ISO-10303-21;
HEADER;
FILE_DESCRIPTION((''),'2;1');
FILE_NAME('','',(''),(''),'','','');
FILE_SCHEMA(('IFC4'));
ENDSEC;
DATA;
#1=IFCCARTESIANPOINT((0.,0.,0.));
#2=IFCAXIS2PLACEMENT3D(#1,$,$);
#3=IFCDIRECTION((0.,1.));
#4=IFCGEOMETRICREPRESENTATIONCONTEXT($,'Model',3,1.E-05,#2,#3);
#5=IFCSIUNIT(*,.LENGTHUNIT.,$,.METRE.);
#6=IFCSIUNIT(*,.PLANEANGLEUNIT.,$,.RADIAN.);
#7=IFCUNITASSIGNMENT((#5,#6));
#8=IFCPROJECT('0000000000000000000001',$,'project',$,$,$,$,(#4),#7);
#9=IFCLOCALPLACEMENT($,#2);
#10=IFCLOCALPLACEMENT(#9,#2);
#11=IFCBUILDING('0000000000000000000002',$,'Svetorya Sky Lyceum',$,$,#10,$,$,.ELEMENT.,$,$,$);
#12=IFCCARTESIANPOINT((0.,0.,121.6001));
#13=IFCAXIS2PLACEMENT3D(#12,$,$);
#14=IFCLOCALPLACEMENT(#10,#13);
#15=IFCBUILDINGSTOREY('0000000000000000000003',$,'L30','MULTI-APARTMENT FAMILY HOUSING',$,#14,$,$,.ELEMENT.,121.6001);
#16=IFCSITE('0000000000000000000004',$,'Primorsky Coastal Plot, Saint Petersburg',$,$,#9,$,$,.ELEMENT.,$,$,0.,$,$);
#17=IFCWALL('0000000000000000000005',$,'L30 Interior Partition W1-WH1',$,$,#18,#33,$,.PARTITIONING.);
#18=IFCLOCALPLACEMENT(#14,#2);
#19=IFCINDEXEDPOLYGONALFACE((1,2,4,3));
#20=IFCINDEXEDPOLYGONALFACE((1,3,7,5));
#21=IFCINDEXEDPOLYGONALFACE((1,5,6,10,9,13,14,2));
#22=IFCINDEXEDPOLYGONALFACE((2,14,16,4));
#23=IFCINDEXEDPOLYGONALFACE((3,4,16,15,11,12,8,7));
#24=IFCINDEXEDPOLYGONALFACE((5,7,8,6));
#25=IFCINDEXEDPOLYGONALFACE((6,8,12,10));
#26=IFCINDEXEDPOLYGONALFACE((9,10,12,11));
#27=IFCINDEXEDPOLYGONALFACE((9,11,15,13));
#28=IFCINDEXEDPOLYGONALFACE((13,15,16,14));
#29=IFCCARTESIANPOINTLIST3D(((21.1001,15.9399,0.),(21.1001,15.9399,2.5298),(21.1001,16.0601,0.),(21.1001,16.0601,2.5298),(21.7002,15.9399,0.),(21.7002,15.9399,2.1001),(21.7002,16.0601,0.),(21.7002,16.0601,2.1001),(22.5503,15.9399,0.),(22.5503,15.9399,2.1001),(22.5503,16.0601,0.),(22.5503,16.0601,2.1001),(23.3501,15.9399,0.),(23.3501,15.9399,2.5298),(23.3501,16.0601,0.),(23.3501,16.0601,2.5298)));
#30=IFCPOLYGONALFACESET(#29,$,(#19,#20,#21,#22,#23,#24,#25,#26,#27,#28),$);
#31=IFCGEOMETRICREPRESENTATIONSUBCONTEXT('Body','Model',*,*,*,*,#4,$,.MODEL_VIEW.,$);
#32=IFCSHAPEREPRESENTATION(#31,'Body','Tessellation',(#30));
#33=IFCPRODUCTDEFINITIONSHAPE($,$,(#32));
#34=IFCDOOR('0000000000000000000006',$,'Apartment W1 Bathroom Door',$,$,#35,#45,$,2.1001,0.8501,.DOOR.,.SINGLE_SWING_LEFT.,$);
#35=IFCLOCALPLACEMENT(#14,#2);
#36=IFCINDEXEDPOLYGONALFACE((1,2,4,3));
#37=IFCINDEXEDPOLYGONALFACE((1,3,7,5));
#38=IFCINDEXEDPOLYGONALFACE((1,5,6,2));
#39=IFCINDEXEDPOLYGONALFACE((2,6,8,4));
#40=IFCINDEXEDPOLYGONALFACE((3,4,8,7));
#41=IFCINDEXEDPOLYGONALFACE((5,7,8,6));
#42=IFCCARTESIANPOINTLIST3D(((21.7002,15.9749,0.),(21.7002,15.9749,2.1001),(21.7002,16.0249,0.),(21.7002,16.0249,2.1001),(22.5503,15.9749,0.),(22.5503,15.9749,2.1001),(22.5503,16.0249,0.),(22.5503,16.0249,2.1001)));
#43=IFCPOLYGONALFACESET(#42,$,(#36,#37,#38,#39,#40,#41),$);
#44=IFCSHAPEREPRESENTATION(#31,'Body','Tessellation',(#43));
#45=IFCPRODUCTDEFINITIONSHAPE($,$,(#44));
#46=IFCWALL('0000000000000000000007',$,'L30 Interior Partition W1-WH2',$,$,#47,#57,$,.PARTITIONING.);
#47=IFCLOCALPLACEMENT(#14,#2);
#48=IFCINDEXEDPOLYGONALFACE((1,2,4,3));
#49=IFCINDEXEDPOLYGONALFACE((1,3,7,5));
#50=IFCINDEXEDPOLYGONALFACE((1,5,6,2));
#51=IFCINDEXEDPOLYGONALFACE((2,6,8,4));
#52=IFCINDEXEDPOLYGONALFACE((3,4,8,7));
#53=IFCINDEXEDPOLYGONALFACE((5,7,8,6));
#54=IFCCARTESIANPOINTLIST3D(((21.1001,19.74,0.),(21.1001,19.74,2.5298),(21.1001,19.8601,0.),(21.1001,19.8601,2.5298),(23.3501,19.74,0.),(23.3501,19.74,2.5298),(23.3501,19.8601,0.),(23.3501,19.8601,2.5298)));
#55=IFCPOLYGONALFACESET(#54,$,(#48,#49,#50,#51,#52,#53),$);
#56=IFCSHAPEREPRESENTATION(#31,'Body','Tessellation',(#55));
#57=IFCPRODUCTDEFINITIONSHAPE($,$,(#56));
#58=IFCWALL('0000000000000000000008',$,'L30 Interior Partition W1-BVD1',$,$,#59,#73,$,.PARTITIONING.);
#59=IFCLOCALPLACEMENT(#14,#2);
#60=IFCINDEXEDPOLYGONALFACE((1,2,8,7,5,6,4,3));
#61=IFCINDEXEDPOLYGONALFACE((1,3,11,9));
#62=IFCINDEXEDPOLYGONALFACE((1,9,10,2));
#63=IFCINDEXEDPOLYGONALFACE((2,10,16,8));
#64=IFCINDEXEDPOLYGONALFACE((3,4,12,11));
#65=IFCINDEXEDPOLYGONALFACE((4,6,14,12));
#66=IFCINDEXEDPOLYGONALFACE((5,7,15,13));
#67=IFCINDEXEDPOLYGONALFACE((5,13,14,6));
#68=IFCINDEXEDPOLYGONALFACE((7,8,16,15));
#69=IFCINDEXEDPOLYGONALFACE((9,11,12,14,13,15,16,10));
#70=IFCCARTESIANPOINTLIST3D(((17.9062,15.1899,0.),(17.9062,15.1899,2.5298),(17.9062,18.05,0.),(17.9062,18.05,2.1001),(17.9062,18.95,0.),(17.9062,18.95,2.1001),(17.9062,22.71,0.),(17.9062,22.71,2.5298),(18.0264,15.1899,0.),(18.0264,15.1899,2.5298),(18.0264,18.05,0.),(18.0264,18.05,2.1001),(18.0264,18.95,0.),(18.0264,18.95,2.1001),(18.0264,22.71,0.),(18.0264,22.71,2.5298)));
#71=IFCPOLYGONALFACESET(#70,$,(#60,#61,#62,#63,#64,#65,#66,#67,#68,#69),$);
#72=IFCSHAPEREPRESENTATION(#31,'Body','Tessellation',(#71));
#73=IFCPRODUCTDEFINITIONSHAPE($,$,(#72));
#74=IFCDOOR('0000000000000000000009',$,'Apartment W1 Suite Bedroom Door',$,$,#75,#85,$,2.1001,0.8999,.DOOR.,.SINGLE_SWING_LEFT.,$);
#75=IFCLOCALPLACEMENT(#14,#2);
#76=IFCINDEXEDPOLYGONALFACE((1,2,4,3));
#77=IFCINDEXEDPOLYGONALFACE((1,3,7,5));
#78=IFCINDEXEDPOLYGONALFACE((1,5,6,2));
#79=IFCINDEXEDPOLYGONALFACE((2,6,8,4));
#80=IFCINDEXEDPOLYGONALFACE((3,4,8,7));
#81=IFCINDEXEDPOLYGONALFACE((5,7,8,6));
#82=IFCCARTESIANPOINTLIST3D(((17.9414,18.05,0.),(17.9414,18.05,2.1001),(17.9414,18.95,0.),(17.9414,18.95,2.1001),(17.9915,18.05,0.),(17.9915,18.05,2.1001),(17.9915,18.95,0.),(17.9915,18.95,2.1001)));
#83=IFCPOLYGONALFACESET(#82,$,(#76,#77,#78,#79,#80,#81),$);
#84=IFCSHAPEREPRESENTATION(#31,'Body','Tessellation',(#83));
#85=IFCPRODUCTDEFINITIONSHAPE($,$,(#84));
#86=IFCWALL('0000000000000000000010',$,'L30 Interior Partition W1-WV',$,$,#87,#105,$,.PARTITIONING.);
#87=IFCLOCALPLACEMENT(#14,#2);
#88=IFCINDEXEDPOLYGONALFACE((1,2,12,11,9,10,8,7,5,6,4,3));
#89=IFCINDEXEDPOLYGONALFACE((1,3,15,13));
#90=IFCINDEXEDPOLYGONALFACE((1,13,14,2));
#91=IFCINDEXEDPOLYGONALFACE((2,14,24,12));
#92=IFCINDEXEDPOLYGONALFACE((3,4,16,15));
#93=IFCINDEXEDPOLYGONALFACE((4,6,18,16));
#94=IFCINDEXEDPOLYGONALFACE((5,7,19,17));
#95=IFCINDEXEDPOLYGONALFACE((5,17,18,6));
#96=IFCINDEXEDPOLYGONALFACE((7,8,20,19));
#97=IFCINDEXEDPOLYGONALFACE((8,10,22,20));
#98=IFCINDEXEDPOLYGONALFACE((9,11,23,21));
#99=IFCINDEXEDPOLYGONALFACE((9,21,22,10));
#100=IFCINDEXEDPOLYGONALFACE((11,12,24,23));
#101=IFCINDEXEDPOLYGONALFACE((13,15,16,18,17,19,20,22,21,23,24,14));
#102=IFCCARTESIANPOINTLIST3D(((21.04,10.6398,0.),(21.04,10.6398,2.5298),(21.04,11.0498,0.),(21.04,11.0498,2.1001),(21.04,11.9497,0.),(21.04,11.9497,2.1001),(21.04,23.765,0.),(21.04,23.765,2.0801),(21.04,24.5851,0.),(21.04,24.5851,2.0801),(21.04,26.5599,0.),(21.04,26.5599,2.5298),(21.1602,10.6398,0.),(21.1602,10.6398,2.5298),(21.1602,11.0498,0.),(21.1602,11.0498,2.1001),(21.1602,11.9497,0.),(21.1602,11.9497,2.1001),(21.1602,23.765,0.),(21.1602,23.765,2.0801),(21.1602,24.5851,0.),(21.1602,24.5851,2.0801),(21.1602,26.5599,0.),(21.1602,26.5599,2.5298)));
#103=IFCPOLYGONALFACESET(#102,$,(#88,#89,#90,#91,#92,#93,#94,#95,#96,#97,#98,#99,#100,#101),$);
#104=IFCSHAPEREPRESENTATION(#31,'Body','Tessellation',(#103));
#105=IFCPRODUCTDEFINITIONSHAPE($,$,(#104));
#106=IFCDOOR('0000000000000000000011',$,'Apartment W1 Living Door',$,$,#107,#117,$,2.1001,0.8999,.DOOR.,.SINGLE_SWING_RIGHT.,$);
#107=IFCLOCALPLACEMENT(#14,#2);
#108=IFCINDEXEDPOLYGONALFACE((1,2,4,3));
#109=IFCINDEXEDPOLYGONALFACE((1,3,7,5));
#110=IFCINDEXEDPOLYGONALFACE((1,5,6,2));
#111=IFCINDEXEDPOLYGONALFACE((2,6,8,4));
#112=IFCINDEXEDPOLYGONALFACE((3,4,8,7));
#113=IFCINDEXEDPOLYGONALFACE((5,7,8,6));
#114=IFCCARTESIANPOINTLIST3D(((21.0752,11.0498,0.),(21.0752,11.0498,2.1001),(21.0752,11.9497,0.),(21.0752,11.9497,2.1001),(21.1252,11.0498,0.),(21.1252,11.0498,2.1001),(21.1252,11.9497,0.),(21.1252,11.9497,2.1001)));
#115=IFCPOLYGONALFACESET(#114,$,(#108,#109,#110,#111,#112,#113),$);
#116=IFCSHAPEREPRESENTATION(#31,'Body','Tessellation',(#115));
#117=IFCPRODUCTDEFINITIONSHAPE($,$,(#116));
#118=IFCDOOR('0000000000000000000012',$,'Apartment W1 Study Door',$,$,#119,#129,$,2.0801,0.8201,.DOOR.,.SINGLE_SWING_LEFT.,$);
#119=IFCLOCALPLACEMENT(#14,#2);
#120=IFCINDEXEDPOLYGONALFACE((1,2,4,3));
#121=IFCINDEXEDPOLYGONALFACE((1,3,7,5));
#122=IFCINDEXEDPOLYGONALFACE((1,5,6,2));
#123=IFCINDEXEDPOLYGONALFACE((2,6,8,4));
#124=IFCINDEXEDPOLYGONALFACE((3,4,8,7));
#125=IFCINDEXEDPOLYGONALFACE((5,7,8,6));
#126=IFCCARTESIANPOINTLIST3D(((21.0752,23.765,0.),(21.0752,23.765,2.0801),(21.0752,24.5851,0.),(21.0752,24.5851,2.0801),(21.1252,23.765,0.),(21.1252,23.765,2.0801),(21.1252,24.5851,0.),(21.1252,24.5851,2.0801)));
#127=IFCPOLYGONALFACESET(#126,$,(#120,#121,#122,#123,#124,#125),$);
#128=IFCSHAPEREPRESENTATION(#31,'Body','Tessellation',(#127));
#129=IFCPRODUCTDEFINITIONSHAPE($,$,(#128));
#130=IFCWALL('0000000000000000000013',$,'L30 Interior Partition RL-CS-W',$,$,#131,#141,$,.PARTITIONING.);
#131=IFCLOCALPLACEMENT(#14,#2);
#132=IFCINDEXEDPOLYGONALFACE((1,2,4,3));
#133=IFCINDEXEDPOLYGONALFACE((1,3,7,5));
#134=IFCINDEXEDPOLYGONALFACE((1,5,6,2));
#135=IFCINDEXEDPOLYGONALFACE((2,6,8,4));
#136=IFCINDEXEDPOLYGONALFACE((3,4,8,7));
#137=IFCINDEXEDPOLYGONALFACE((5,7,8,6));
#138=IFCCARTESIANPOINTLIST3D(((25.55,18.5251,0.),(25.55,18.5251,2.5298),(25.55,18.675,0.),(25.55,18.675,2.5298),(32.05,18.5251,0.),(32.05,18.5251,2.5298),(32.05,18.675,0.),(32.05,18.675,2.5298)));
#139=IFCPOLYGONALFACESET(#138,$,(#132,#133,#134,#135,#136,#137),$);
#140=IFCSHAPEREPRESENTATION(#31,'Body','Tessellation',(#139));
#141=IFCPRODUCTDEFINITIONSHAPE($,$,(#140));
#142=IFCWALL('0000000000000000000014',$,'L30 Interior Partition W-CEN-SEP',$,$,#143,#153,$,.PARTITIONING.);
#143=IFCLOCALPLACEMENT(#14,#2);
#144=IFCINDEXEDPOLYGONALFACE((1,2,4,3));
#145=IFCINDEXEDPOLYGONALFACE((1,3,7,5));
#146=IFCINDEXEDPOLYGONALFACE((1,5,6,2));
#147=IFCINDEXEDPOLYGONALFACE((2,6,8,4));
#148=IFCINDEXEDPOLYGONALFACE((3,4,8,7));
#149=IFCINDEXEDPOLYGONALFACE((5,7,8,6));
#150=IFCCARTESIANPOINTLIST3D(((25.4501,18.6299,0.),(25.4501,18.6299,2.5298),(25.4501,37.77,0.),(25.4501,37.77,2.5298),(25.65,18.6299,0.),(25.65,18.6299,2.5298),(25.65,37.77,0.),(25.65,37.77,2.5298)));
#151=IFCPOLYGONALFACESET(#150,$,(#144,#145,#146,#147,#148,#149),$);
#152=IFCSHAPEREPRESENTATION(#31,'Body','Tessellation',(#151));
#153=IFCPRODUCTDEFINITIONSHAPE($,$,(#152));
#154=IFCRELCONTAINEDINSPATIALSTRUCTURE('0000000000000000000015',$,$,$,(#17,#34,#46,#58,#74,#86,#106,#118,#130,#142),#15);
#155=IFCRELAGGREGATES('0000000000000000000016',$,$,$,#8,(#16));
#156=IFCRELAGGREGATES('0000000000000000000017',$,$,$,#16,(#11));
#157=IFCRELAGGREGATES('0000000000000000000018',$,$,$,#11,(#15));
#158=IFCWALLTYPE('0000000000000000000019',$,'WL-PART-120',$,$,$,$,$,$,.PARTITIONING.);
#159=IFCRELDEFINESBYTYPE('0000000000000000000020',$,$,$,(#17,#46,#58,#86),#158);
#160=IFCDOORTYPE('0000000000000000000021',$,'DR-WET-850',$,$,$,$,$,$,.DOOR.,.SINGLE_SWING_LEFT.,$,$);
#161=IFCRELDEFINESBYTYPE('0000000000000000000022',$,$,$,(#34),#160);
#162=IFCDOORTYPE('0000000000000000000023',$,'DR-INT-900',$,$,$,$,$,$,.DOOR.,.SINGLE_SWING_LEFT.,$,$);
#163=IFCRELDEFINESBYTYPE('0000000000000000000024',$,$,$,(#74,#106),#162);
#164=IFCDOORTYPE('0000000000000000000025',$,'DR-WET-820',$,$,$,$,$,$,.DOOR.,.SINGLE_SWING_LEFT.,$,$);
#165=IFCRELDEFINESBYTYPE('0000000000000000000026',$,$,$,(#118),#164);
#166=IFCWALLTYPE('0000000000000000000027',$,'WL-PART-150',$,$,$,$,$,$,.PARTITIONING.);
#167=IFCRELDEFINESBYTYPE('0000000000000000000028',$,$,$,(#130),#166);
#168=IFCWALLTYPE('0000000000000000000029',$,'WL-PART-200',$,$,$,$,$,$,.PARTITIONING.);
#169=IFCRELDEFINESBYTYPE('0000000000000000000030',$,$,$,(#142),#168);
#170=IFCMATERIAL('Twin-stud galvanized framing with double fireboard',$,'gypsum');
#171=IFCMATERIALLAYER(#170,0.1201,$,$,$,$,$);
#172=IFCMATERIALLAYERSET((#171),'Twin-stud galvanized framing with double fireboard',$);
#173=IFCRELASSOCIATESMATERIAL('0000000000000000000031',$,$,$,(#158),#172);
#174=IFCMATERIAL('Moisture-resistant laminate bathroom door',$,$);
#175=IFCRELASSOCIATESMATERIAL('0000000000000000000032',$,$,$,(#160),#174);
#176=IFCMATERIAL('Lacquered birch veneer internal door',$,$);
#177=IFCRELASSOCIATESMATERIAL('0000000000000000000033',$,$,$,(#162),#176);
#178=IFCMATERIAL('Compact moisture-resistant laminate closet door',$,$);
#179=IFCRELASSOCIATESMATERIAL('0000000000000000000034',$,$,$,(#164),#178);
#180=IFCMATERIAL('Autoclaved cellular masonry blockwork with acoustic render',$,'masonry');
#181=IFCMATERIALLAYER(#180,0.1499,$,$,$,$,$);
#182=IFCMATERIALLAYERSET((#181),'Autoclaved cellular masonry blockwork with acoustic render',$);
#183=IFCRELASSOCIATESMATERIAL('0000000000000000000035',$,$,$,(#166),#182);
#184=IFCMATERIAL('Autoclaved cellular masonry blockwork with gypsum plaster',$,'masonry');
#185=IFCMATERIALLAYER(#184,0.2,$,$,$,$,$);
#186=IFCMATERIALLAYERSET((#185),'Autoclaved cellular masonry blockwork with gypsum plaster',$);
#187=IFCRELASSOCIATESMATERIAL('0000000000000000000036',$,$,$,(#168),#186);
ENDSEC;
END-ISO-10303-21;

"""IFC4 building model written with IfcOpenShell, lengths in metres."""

from ifc_helpers import new_model, si_unit, direction, frame, frame_2d, origin, place, context, subcontext, project, spatial, rectangle, extrude, material, layer, layer_set, type_object, element, fill, save


model = new_model("IFC4")

# Units and contexts
model_context = context("Model", 3, precision=1e-05, world=origin(), true_north=direction((0.0, 1.0)))
body_context = subcontext(model_context, "Body", "Model", "MODEL_VIEW")
ifc_project = project(units=[si_unit("LENGTHUNIT", "METRE"), si_unit("PLANEANGLEUNIT", "RADIAN")], contexts=[model_context])

# Site, building, storey
site_placement = place(None, origin())
site = spatial("IfcSite", under=ifc_project, at=site_placement, Name="Primorsky Coastal Plot, Saint Petersburg", CompositionType="ELEMENT", RefElevation=0.0)
building_placement = place(site_placement, origin())
building = spatial("IfcBuilding", under=site, at=building_placement, Name="Svetorya Sky Lyceum", CompositionType="ELEMENT")
storey_placement = place(building_placement, frame((0.0, 0.0, 121.6001)))
storey = spatial("IfcBuildingStorey", under=building, at=storey_placement, Name="L30", Description="MULTI-APARTMENT FAMILY HOUSING", CompositionType="ELEMENT", Elevation=121.6001)

# Wall, opening, door
ifc_material_1 = material(Name="Twin-stud galvanized framing with double fireboard", Category="gypsum")
ifc_layer_1 = layer(ifc_material_1, 0.1201)
ifc_layer_set_1 = layer_set([ifc_layer_1], Name="Twin-stud galvanized framing with double fireboard")
wall_type_1 = type_object("IfcWallType", Name="WL-PART-120", PredefinedType="PARTITIONING", material=ifc_layer_set_1)
wall_1_placement = place(storey_placement, frame((21.1001, 16.0, 0.0), z_axis=(0.0, 0.0, 1.0), x_axis=(1.0, 0.0, 0.0)))
wall_1 = element("IfcWall", 1, at=wall_1_placement, inside=storey, type_object=wall_type_1, Name="L30 Interior Partition W1-WH1", PredefinedType="PARTITIONING", context=body_context, shape_type="SweptSolid", body=[
    extrude(rectangle(XDim=2.25, YDim=0.1201, at=frame_2d((1.125, 0.0))), origin(), (0.0, 0.0, 1.0), 2.5298),
])
opening_1_placement = place(wall_1_placement, frame((0.6001, 0.0, 0.0)))
opening_1 = element("IfcOpeningElement", 2, at=opening_1_placement, cuts=wall_1, PredefinedType="OPENING", context=body_context, shape_type="SweptSolid", body=[
    extrude(rectangle(XDim=0.8501, YDim=2.1001, at=frame_2d((0.425, 1.05))), frame((0.0, 0.0701, 0.0), z_axis=(0.0, -1.0, 0.0), x_axis=(1.0, 0.0, 0.0)), (0.0, 0.0, 1.0), 0.1401),
])
ifc_material_2 = material(Name="Moisture-resistant laminate bathroom door")
door_type_1 = type_object("IfcDoorType", Name="DR-WET-850", OperationType="SINGLE_SWING_LEFT", PredefinedType="DOOR", material=ifc_material_2)
door_1_placement = place(opening_1_placement, origin())
door_1 = element("IfcDoor", 3, at=door_1_placement, inside=storey, type_object=door_type_1, Name="Apartment W1 Bathroom Door", OperationType="SINGLE_SWING_LEFT", OverallHeight=2.1001, OverallWidth=0.8501, PredefinedType="DOOR", context=body_context, shape_type="SweptSolid", body=[
    extrude(rectangle(XDim=0.8501, YDim=2.1001, at=frame_2d((0.425, 1.05))), frame((0.0, 0.0249, 0.0), z_axis=(0.0, -1.0, 0.0), x_axis=(1.0, 0.0, 0.0)), (0.0, 0.0, 1.0), 0.05),
])
fill(opening_1, door_1)

# Wall
wall_2_placement = place(storey_placement, frame((21.1001, 19.8, 0.0), z_axis=(0.0, 0.0, 1.0), x_axis=(1.0, 0.0, 0.0)))
element("IfcWall", 4, at=wall_2_placement, inside=storey, type_object=wall_type_1, Name="L30 Interior Partition W1-WH2", PredefinedType="PARTITIONING", context=body_context, shape_type="SweptSolid", body=[
    extrude(rectangle(XDim=2.25, YDim=0.1201, at=frame_2d((1.125, 0.0))), origin(), (0.0, 0.0, 1.0), 2.5298),
])

# Wall, opening, door
wall_3_placement = place(storey_placement, frame((17.9663, 15.1899, 0.0), z_axis=(0.0, 0.0, 1.0), x_axis=(0.0, 1.0, 0.0)))
wall_3 = element("IfcWall", 5, at=wall_3_placement, inside=storey, type_object=wall_type_1, Name="L30 Interior Partition W1-BVD1", PredefinedType="PARTITIONING", context=body_context, shape_type="SweptSolid", body=[
    extrude(rectangle(XDim=7.52, YDim=0.1201, at=frame_2d((3.76, 0.0))), origin(), (0.0, 0.0, 1.0), 2.5298),
])
opening_2_placement = place(wall_3_placement, frame((2.8601, 0.0, 0.0)))
opening_2 = element("IfcOpeningElement", 6, at=opening_2_placement, cuts=wall_3, PredefinedType="OPENING", context=body_context, shape_type="SweptSolid", body=[
    extrude(rectangle(XDim=0.8999, YDim=2.1001, at=frame_2d((0.45, 1.05))), frame((0.0, 0.0701, 0.0), z_axis=(0.0, -1.0, 0.0), x_axis=(1.0, 0.0, 0.0)), (0.0, 0.0, 1.0), 0.1401),
])
ifc_material_3 = material(Name="Lacquered birch veneer internal door")
door_type_2 = type_object("IfcDoorType", Name="DR-INT-900", OperationType="SINGLE_SWING_LEFT", PredefinedType="DOOR", material=ifc_material_3)
door_2_placement = place(opening_2_placement, origin())
door_2 = element("IfcDoor", 7, at=door_2_placement, inside=storey, type_object=door_type_2, Name="Apartment W1 Suite Bedroom Door", OperationType="SINGLE_SWING_LEFT", OverallHeight=2.1001, OverallWidth=0.8999, PredefinedType="DOOR", context=body_context, shape_type="SweptSolid", body=[
    extrude(rectangle(XDim=0.8999, YDim=2.1001, at=frame_2d((0.45, 1.05))), frame((0.0, 0.0249, 0.0), z_axis=(0.0, -1.0, 0.0), x_axis=(1.0, 0.0, 0.0)), (0.0, 0.0, 1.0), 0.05),
])
fill(opening_2, door_2)

# Wall, openings, doors
wall_4_placement = place(storey_placement, frame((21.1001, 10.6399, 0.0), z_axis=(0.0, 0.0, 1.0), x_axis=(0.0, 1.0, 0.0)))
wall_4 = element("IfcWall", 8, at=wall_4_placement, inside=storey, type_object=wall_type_1, Name="L30 Interior Partition W1-WV", PredefinedType="PARTITIONING", context=body_context, shape_type="SweptSolid", body=[
    extrude(rectangle(XDim=15.9202, YDim=0.1201, at=frame_2d((7.96, 0.0))), origin(), (0.0, 0.0, 1.0), 2.5298),
])
opening_3_placement = place(wall_4_placement, frame((0.4099, 0.0, 0.0)))
opening_3 = element("IfcOpeningElement", 9, at=opening_3_placement, cuts=wall_4, PredefinedType="OPENING", context=body_context, shape_type="SweptSolid", body=[
    extrude(rectangle(XDim=0.8999, YDim=2.1001, at=frame_2d((0.45, 1.05))), frame((0.0, 0.0701, 0.0), z_axis=(0.0, -1.0, 0.0), x_axis=(1.0, 0.0, 0.0)), (0.0, 0.0, 1.0), 0.1401),
])
opening_4_placement = place(wall_4_placement, frame((13.125, 0.0, 0.0)))
opening_4 = element("IfcOpeningElement", 10, at=opening_4_placement, cuts=wall_4, PredefinedType="OPENING", context=body_context, shape_type="SweptSolid", body=[
    extrude(rectangle(XDim=0.8201, YDim=2.0801, at=frame_2d((0.4102, 1.04))), frame((0.0, 0.0701, 0.0), z_axis=(0.0, -1.0, 0.0), x_axis=(1.0, 0.0, 0.0)), (0.0, 0.0, 1.0), 0.1401),
])
door_3_placement = place(opening_3_placement, origin())
door_3 = element("IfcDoor", 11, at=door_3_placement, inside=storey, type_object=door_type_2, Name="Apartment W1 Living Door", OperationType="SINGLE_SWING_RIGHT", OverallHeight=2.1001, OverallWidth=0.8999, PredefinedType="DOOR", context=body_context, shape_type="SweptSolid", body=[
    extrude(rectangle(XDim=0.8999, YDim=2.1001, at=frame_2d((0.45, 1.05))), frame((0.0, 0.0249, 0.0), z_axis=(0.0, -1.0, 0.0), x_axis=(1.0, 0.0, 0.0)), (0.0, 0.0, 1.0), 0.05),
])
fill(opening_3, door_3)
ifc_material_4 = material(Name="Compact moisture-resistant laminate closet door")
door_type_3 = type_object("IfcDoorType", Name="DR-WET-820", OperationType="SINGLE_SWING_LEFT", PredefinedType="DOOR", material=ifc_material_4)
door_4_placement = place(opening_4_placement, origin())
door_4 = element("IfcDoor", 12, at=door_4_placement, inside=storey, type_object=door_type_3, Name="Apartment W1 Study Door", OperationType="SINGLE_SWING_LEFT", OverallHeight=2.0801, OverallWidth=0.8201, PredefinedType="DOOR", context=body_context, shape_type="SweptSolid", body=[
    extrude(rectangle(XDim=0.8201, YDim=2.0801, at=frame_2d((0.4102, 1.04))), frame((0.0, 0.0249, 0.0), z_axis=(0.0, -1.0, 0.0), x_axis=(1.0, 0.0, 0.0)), (0.0, 0.0, 1.0), 0.05),
])
fill(opening_4, door_4)

# Walls
ifc_material_5 = material(Name="Autoclaved cellular masonry blockwork with acoustic render", Category="masonry")
ifc_layer_2 = layer(ifc_material_5, 0.1499)
ifc_layer_set_2 = layer_set([ifc_layer_2], Name="Autoclaved cellular masonry blockwork with acoustic render")
wall_type_2 = type_object("IfcWallType", Name="WL-PART-150", PredefinedType="PARTITIONING", material=ifc_layer_set_2)
wall_5_placement = place(storey_placement, frame((25.55, 18.6001, 0.0), z_axis=(0.0, 0.0, 1.0), x_axis=(1.0, 0.0, 0.0)))
element("IfcWall", 13, at=wall_5_placement, inside=storey, type_object=wall_type_2, Name="L30 Interior Partition RL-CS-W", PredefinedType="PARTITIONING", context=body_context, shape_type="SweptSolid", body=[
    extrude(rectangle(XDim=6.5, YDim=0.1499, at=frame_2d((3.25, 0.0))), origin(), (0.0, 0.0, 1.0), 2.5298),
])
ifc_material_6 = material(Name="Autoclaved cellular masonry blockwork with gypsum plaster", Category="masonry")
ifc_layer_3 = layer(ifc_material_6, 0.2)
ifc_layer_set_3 = layer_set([ifc_layer_3], Name="Autoclaved cellular masonry blockwork with gypsum plaster")
wall_type_3 = type_object("IfcWallType", Name="WL-PART-200", PredefinedType="PARTITIONING", material=ifc_layer_set_3)
wall_6_placement = place(storey_placement, frame((25.55, 18.6299, 0.0), z_axis=(0.0, 0.0, 1.0), x_axis=(0.0, 1.0, 0.0)))
element("IfcWall", 14, at=wall_6_placement, inside=storey, type_object=wall_type_3, Name="L30 Interior Partition W-CEN-SEP", PredefinedType="PARTITIONING", context=body_context, shape_type="SweptSolid", body=[
    extrude(rectangle(XDim=19.1401, YDim=0.2, at=frame_2d((9.5701, 0.0))), origin(), (0.0, 0.0, 1.0), 2.5298),
])

save(model, "model.ifc")
